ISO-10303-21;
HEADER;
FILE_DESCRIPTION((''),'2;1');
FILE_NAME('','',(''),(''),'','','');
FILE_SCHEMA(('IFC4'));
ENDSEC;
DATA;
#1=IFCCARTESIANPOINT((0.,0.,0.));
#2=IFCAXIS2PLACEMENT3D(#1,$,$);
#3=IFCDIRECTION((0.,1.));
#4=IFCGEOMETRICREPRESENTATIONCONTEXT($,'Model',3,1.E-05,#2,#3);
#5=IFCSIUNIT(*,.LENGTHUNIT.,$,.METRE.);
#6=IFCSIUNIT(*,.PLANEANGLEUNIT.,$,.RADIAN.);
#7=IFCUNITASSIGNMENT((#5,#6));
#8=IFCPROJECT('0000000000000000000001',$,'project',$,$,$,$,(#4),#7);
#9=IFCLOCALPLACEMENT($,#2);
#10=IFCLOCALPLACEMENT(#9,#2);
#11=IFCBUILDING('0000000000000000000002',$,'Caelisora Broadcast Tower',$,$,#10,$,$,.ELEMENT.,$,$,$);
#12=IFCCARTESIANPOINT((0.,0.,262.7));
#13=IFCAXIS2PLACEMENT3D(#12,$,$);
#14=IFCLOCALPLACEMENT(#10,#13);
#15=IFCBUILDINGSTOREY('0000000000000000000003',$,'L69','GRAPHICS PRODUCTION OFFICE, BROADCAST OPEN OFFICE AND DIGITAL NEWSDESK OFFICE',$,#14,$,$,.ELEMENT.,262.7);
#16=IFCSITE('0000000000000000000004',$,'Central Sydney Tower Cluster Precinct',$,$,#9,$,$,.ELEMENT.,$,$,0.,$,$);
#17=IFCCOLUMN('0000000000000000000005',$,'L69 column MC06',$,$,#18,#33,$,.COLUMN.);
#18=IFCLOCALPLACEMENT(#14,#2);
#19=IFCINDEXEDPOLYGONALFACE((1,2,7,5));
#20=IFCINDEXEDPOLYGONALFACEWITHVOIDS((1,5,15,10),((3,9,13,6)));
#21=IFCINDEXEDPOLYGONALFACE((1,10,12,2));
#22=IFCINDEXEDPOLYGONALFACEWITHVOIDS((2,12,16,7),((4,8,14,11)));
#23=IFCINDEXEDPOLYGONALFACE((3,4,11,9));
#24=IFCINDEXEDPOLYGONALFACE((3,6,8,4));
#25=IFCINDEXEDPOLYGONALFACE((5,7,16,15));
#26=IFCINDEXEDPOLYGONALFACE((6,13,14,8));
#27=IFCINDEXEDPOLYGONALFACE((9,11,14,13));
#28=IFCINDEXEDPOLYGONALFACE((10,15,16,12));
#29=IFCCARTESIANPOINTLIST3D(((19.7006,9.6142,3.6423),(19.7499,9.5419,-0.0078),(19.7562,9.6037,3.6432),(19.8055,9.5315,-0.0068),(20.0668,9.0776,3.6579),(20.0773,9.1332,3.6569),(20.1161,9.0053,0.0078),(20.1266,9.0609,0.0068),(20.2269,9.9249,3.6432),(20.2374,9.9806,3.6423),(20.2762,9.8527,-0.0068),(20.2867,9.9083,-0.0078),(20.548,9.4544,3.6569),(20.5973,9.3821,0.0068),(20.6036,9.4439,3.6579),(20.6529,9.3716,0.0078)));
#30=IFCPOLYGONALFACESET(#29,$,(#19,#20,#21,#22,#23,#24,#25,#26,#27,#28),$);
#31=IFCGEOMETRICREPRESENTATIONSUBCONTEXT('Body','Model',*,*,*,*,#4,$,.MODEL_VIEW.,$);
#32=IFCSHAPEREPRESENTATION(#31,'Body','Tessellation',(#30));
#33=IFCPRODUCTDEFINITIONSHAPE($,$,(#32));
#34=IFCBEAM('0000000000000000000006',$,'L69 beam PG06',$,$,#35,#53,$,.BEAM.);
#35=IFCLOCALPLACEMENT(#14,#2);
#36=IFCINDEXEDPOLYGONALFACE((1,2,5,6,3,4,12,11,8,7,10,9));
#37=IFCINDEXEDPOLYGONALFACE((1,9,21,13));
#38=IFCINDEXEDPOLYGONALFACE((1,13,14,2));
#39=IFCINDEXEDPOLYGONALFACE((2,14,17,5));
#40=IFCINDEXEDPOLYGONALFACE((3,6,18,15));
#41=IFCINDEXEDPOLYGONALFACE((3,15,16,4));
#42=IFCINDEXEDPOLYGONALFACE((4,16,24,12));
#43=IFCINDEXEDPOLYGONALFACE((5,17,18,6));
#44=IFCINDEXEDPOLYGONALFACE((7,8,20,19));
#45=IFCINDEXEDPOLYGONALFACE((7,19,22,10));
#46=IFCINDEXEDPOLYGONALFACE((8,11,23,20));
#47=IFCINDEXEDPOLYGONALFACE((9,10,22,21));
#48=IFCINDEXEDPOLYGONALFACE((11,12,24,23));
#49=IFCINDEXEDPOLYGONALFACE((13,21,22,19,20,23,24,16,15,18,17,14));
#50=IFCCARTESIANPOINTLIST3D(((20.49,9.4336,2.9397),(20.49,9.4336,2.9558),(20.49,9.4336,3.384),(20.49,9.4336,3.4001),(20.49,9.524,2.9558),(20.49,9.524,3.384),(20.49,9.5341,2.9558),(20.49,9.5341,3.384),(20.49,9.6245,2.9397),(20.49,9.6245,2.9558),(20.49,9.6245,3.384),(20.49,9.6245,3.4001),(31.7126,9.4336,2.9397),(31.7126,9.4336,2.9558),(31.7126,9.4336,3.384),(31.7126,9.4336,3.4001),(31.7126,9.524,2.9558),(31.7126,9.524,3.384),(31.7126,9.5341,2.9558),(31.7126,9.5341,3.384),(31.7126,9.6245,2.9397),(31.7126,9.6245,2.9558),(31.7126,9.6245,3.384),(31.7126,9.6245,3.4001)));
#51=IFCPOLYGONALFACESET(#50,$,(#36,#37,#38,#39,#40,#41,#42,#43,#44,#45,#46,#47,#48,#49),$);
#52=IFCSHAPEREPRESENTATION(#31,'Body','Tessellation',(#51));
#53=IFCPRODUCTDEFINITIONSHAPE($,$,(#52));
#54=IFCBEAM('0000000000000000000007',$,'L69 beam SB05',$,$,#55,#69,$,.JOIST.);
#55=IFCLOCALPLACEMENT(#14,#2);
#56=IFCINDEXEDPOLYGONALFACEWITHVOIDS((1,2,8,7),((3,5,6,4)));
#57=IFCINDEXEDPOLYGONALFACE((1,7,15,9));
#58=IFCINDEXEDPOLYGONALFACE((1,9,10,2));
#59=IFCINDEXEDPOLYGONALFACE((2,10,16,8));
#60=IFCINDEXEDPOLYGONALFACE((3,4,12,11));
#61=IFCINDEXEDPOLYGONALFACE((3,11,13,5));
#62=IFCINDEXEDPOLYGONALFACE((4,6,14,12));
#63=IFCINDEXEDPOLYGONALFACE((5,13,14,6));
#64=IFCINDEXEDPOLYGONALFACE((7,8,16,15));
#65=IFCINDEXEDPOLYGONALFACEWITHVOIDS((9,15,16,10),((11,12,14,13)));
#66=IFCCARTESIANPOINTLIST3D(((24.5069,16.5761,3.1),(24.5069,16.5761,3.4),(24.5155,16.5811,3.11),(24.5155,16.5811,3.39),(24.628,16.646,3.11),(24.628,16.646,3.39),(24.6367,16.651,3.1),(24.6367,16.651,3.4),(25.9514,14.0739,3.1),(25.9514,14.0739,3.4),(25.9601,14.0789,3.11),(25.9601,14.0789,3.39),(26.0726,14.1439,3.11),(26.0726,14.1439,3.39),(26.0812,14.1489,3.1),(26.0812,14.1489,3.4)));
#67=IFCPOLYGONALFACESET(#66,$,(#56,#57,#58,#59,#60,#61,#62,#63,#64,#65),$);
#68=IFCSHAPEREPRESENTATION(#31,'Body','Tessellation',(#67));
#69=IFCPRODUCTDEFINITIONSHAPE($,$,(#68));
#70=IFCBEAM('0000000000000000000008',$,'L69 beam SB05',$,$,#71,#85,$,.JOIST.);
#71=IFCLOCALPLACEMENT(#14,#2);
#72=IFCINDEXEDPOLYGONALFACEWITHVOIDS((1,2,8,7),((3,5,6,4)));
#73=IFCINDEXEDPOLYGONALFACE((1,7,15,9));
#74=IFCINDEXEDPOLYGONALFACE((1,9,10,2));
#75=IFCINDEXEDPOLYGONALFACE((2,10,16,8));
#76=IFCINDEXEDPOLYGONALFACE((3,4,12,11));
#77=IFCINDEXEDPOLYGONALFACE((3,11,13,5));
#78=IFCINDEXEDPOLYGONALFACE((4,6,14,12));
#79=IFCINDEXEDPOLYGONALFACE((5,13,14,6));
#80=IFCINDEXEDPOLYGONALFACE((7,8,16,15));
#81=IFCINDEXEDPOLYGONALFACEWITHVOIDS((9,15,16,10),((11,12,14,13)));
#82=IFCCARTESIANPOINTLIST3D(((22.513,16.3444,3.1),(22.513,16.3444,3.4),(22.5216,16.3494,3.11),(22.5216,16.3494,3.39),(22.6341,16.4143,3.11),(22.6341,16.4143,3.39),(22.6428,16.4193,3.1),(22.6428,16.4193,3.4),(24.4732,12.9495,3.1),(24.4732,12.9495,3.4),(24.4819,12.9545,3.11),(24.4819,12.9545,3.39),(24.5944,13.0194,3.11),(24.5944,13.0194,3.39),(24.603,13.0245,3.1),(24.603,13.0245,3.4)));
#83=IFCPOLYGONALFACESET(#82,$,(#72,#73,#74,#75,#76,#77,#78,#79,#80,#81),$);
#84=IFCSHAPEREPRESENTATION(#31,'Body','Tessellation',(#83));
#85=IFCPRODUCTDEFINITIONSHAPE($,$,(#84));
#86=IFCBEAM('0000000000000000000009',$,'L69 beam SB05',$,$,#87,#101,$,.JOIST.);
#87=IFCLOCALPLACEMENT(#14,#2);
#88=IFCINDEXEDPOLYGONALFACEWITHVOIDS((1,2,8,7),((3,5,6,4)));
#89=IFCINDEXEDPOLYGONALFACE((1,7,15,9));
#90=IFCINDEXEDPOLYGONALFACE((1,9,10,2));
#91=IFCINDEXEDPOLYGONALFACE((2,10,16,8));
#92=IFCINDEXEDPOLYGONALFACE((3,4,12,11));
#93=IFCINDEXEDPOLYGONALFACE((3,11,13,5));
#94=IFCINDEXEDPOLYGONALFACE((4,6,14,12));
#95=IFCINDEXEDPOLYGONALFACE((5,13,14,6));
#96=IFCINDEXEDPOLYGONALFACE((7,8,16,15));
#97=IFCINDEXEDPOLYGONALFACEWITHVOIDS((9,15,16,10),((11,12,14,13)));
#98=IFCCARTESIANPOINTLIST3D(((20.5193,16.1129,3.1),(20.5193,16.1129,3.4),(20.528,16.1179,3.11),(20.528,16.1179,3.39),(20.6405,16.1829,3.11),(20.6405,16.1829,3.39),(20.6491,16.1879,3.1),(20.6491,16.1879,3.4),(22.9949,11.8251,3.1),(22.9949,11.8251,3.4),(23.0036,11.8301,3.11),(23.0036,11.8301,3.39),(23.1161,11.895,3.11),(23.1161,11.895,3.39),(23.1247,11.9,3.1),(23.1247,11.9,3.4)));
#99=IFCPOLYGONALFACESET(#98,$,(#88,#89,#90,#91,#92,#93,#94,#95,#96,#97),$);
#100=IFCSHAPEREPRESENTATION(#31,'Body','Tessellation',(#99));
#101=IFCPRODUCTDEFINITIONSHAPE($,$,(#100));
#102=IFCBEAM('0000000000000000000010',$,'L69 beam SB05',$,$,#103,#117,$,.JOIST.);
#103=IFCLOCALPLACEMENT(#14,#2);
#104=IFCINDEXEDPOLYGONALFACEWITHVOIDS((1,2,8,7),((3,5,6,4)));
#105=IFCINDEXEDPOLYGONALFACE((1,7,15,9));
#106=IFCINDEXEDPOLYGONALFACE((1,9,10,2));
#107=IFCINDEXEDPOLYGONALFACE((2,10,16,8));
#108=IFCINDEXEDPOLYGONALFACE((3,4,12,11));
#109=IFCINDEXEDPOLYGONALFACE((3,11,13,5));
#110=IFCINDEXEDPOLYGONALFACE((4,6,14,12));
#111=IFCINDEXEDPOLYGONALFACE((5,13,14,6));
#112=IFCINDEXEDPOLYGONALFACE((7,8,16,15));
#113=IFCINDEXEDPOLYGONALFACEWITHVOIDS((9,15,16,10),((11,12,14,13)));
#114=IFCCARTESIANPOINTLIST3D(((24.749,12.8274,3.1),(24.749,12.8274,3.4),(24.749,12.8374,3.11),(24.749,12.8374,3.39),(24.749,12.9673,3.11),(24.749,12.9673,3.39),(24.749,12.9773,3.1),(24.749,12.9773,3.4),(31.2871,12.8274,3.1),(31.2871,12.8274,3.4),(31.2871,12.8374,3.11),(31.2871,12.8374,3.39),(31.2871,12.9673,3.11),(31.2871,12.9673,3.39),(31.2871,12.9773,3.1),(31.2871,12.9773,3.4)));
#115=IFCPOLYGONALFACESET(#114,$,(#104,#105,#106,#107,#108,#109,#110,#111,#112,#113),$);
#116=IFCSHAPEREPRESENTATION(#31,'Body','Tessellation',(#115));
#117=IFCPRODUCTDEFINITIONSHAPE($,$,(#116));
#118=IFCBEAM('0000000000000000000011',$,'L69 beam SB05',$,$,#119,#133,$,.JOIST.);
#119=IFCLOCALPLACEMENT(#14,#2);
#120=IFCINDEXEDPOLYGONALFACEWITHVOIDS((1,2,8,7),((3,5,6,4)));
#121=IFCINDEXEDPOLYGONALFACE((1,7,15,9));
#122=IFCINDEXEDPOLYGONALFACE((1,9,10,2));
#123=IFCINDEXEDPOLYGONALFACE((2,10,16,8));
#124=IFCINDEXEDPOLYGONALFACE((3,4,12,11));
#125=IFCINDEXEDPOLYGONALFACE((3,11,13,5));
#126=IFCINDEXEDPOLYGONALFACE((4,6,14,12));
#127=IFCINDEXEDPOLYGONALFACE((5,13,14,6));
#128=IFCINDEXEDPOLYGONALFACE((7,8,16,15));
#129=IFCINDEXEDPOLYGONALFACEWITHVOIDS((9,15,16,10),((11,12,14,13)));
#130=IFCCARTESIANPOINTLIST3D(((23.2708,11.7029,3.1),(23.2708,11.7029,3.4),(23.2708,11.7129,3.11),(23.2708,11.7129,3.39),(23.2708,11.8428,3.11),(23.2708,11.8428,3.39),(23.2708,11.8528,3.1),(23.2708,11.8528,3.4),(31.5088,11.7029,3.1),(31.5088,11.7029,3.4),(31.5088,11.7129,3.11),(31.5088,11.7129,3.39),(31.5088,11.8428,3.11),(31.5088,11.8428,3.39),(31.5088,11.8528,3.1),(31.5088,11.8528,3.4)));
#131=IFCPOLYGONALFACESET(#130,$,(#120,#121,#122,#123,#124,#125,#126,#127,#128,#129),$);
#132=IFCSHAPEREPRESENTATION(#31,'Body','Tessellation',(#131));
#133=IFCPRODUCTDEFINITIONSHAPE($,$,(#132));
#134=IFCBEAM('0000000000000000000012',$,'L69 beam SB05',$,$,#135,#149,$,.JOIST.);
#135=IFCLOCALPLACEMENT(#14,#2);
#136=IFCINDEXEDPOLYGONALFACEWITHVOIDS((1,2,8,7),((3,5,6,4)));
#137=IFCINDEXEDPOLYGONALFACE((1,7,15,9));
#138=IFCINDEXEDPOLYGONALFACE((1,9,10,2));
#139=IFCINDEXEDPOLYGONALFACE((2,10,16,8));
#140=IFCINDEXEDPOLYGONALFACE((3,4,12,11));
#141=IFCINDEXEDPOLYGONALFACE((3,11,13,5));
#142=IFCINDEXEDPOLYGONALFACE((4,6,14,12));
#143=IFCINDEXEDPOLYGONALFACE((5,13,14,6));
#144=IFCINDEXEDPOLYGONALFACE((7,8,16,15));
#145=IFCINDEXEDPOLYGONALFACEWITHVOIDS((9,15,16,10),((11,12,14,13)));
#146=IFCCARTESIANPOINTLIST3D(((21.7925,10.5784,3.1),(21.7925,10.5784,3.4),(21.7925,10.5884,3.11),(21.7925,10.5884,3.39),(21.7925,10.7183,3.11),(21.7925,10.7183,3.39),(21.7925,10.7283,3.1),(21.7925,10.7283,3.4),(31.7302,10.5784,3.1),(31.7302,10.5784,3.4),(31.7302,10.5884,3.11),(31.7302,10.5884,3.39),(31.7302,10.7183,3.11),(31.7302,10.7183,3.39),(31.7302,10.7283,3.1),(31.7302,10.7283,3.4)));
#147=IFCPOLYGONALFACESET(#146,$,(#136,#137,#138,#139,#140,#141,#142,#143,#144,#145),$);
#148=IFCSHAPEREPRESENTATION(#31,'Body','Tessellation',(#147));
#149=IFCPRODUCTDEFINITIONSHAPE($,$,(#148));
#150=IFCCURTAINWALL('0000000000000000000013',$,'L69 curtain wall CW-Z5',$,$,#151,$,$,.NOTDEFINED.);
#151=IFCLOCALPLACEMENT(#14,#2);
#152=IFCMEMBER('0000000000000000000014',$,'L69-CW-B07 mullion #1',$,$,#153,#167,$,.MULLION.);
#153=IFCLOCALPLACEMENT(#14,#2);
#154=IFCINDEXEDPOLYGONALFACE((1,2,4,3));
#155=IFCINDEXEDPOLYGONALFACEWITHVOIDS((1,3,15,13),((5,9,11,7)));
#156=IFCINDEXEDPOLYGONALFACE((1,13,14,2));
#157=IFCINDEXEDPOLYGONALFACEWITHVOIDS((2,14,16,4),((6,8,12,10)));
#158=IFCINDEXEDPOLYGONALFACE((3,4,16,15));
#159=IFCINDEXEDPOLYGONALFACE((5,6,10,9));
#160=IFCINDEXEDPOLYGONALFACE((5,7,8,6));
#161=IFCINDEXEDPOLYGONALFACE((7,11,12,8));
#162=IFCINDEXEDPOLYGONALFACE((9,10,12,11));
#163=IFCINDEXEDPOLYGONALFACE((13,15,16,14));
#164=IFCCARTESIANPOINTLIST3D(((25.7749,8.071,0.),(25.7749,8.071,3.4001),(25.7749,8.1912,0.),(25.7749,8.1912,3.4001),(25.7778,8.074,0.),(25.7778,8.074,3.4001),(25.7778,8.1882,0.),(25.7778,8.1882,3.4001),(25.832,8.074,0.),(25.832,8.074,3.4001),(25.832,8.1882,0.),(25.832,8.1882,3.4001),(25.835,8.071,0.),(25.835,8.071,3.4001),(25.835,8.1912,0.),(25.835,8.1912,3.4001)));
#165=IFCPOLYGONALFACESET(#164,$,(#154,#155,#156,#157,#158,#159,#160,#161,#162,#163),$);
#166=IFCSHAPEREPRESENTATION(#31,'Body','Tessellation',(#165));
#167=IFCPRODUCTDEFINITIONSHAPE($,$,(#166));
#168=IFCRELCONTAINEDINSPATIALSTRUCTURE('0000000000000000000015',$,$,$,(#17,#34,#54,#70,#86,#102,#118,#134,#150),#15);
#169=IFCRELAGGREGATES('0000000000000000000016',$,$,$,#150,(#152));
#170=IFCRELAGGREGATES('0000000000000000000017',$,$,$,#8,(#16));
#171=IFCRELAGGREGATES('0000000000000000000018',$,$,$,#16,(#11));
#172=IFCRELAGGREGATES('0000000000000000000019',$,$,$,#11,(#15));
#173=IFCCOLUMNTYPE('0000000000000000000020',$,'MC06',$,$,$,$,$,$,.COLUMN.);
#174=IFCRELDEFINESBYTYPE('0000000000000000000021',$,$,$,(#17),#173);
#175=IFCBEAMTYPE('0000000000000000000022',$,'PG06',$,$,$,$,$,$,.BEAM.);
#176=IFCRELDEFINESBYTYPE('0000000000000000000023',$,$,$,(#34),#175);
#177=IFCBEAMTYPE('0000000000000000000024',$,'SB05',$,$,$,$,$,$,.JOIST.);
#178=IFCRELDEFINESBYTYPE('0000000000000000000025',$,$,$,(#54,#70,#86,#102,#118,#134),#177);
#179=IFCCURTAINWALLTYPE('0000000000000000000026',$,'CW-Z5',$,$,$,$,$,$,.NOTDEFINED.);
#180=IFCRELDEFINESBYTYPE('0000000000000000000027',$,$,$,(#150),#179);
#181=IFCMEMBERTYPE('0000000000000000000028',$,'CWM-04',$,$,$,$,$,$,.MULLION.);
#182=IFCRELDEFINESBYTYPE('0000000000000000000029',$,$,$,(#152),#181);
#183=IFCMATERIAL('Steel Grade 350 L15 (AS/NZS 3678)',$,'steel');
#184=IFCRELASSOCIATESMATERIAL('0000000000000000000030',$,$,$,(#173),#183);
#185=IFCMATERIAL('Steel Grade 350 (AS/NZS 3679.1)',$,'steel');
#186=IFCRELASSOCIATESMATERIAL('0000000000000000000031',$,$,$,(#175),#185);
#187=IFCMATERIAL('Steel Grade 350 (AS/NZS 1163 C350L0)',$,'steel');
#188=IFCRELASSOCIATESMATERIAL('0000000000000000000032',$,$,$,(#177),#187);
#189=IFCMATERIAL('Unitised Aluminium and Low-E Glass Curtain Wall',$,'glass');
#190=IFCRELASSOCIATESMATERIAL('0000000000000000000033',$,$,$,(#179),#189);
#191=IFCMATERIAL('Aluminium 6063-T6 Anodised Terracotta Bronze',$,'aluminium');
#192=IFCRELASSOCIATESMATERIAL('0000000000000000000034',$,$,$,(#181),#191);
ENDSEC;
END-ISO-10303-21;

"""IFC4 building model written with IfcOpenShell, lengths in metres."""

from ifc_helpers import new_model, si_unit, direction, frame, origin, origin_2d, place, context, subcontext, project, spatial, hollow_rectangle, i_section, extrude, source, transform, mapped, material, material_profile, profile_set, type_object, type_shapes, element, aggregate, save


model = new_model("IFC4")

# Units and contexts
model_context = context("Model", 3, precision=1e-05, world=origin(), true_north=direction((0.0, 1.0)))
body_context = subcontext(model_context, "Body", "Model", "MODEL_VIEW")
ifc_project = project(units=[si_unit("LENGTHUNIT", "METRE"), si_unit("PLANEANGLEUNIT", "RADIAN")], contexts=[model_context])

# Site, building, storey
site_placement = place(None, origin())
site = spatial("IfcSite", under=ifc_project, at=site_placement, Name="Central Sydney Tower Cluster Precinct", CompositionType="ELEMENT", RefElevation=0.0)
building_placement = place(site_placement, origin())
building = spatial("IfcBuilding", under=site, at=building_placement, Name="Caelisora Broadcast Tower", CompositionType="ELEMENT")
storey_placement = place(building_placement, frame((0.0, 0.0, 262.7)))
storey = spatial("IfcBuildingStorey", under=building, at=storey_placement, Name="L69", Description="GRAPHICS PRODUCTION OFFICE, BROADCAST OPEN OFFICE AND DIGITAL NEWSDESK OFFICE", CompositionType="ELEMENT", Elevation=262.7)

# Column
ifc_material_1 = material(Name="Steel Grade 350 L15 (AS/NZS 3678)", Category="steel")
ifc_material_profile_1 = material_profile(ifc_material_1, hollow_rectangle(XDim=0.6499, YDim=0.6499, WallThickness=0.04, at=origin_2d()), Name="Steel Grade 350 L15 (AS/NZS 3678)")
ifc_profile_set_1 = profile_set([ifc_material_profile_1], Name="Steel Grade 350 L15 (AS/NZS 3678)")
column_type = type_object("IfcColumnType", Name="MC06", PredefinedType="COLUMN", material=ifc_profile_set_1)
shared_shape_1 = source(origin(), body_context, "Body", "SweptSolid", [
    extrude(hollow_rectangle(XDim=0.6499, YDim=0.6499, WallThickness=0.04, at=origin_2d()), origin(), (0.0, 0.0, 1.0), 3.6511),
])
type_shapes(column_type, [shared_shape_1])
column_placement = place(storey_placement, frame((20.2014, 9.4568, 0.0), z_axis=(-0.013507, 0.019792, 0.999713), x_axis=(-0.825991, -0.563683, 0.0)))
element("IfcColumn", 1, at=column_placement, inside=storey, type_object=column_type, Name="L69 column MC06", PredefinedType="COLUMN", context=body_context, shape_type="MappedRepresentation", body=[
    mapped(shared_shape_1, transform((0.0, 0.0, 0.0), scale=1.0)),
])

# Beams
ifc_material_2 = material(Name="Steel Grade 350 (AS/NZS 3679.1)", Category="steel")
ifc_material_profile_2 = material_profile(ifc_material_2, i_section(OverallWidth=0.1909, OverallDepth=0.4604, WebThickness=0.01, FlangeThickness=0.0161, at=origin_2d()), Name="Steel Grade 350 (AS/NZS 3679.1)")
ifc_profile_set_2 = profile_set([ifc_material_profile_2], Name="Steel Grade 350 (AS/NZS 3679.1)")
beam_type_1 = type_object("IfcBeamType", Name="PG06", PredefinedType="BEAM", material=ifc_profile_set_2)
shared_shape_2 = source(origin(), body_context, "Body", "SweptSolid", [
    extrude(i_section(OverallWidth=0.1909, OverallDepth=0.4604, WebThickness=0.01, FlangeThickness=0.0161, at=origin_2d()), origin(), (0.0, 0.0, 1.0), 11.2227),
])
type_shapes(beam_type_1, [shared_shape_2])
beam_1_placement = place(storey_placement, frame((20.49, 9.5291, 3.1699), z_axis=(1.0, 0.0, 0.0), x_axis=(0.0, 1.0, 0.0)))
element("IfcBeam", 2, at=beam_1_placement, inside=storey, type_object=beam_type_1, Name="L69 beam PG06", PredefinedType="BEAM", context=body_context, shape_type="MappedRepresentation", body=[
    mapped(shared_shape_2, transform((0.0, 0.0, 0.0), scale=1.0)),
])
ifc_material_3 = material(Name="Steel Grade 350 (AS/NZS 1163 C350L0)", Category="steel")
ifc_material_profile_3 = material_profile(ifc_material_3, hollow_rectangle(XDim=0.1499, YDim=0.3, WallThickness=0.01, at=origin_2d()), Name="Steel Grade 350 (AS/NZS 1163 C350L0)")
ifc_profile_set_3 = profile_set([ifc_material_profile_3], Name="Steel Grade 350 (AS/NZS 1163 C350L0)")
beam_type_2 = type_object("IfcBeamType", Name="SB05", PredefinedType="JOIST", material=ifc_profile_set_3)
shared_shape_3 = source(origin(), body_context, "Body", "SweptSolid", [
    extrude(hollow_rectangle(XDim=0.1499, YDim=0.3, WallThickness=0.01, at=origin_2d()), origin(), (0.0, 0.0, 1.0), 2.8892),
])
beam_2_placement = place(storey_placement, frame((24.5718, 16.6135, 3.25), z_axis=(0.499983, -0.866035, 0.0), x_axis=(0.866035, 0.499983, 0.0)))
element("IfcBeam", 3, at=beam_2_placement, inside=storey, type_object=beam_type_2, Name="L69 beam SB05", PredefinedType="JOIST", context=body_context, shape_type="MappedRepresentation", body=[
    mapped(shared_shape_3, transform((0.0, 0.0, 0.0), scale=1.0)),
])
shared_shape_4 = source(origin(), body_context, "Body", "SweptSolid", [
    extrude(hollow_rectangle(XDim=0.1499, YDim=0.3, WallThickness=0.01, at=origin_2d()), origin(), (0.0, 0.0, 1.0), 3.9202),
])
beam_3_placement = place(storey_placement, frame((22.5779, 16.3818, 3.25), z_axis=(0.500044, -0.866, 0.0), x_axis=(0.866, 0.500044, 0.0)))
element("IfcBeam", 4, at=beam_3_placement, inside=storey, type_object=beam_type_2, Name="L69 beam SB05", PredefinedType="JOIST", context=body_context, shape_type="MappedRepresentation", body=[
    mapped(shared_shape_4, transform((0.0, 0.0, 0.0), scale=1.0)),
])
shared_shape_5 = source(origin(), body_context, "Body", "SweptSolid", [
    extrude(hollow_rectangle(XDim=0.1499, YDim=0.3, WallThickness=0.01, at=origin_2d()), origin(), (0.0, 0.0, 1.0), 4.9512),
])
beam_4_placement = place(storey_placement, frame((20.5842, 16.1504, 3.25), z_axis=(0.5, -0.866025, 0.0), x_axis=(0.866025, 0.5, 0.0)))
element("IfcBeam", 5, at=beam_4_placement, inside=storey, type_object=beam_type_2, Name="L69 beam SB05", PredefinedType="JOIST", context=body_context, shape_type="MappedRepresentation", body=[
    mapped(shared_shape_5, transform((0.0, 0.0, 0.0), scale=1.0)),
])
shared_shape_6 = source(origin(), body_context, "Body", "SweptSolid", [
    extrude(hollow_rectangle(XDim=0.1499, YDim=0.3, WallThickness=0.01, at=origin_2d()), origin(), (0.0, 0.0, 1.0), 6.5381),
])
beam_5_placement = place(storey_placement, frame((24.749, 12.9023, 3.25), z_axis=(1.0, 0.0, 0.0), x_axis=(0.0, 1.0, 0.0)))
element("IfcBeam", 6, at=beam_5_placement, inside=storey, type_object=beam_type_2, Name="L69 beam SB05", PredefinedType="JOIST", context=body_context, shape_type="MappedRepresentation", body=[
    mapped(shared_shape_6, transform((0.0, 0.0, 0.0), scale=1.0)),
])
shared_shape_7 = source(origin(), body_context, "Body", "SweptSolid", [
    extrude(hollow_rectangle(XDim=0.1499, YDim=0.3, WallThickness=0.01, at=origin_2d()), origin(), (0.0, 0.0, 1.0), 8.238),
])
beam_6_placement = place(storey_placement, frame((23.2708, 11.7778, 3.25), z_axis=(1.0, 0.0, 0.0), x_axis=(0.0, 1.0, 0.0)))
element("IfcBeam", 7, at=beam_6_placement, inside=storey, type_object=beam_type_2, Name="L69 beam SB05", PredefinedType="JOIST", context=body_context, shape_type="MappedRepresentation", body=[
    mapped(shared_shape_7, transform((0.0, 0.0, 0.0), scale=1.0)),
])
shared_shape_8 = source(origin(), body_context, "Body", "SweptSolid", [
    extrude(hollow_rectangle(XDim=0.1499, YDim=0.3, WallThickness=0.01, at=origin_2d()), origin(), (0.0, 0.0, 1.0), 9.9377),
])
type_shapes(beam_type_2, [shared_shape_3, shared_shape_4, shared_shape_5, shared_shape_6, shared_shape_7, shared_shape_8])
beam_7_placement = place(storey_placement, frame((21.7925, 10.6533, 3.25), z_axis=(1.0, 0.0, 0.0), x_axis=(0.0, 1.0, 0.0)))
element("IfcBeam", 8, at=beam_7_placement, inside=storey, type_object=beam_type_2, Name="L69 beam SB05", PredefinedType="JOIST", context=body_context, shape_type="MappedRepresentation", body=[
    mapped(shared_shape_8, transform((0.0, 0.0, 0.0), scale=1.0)),
])

# Curtain wall, member
ifc_material_4 = material(Name="Unitised Aluminium and Low-E Glass Curtain Wall", Category="glass")
curtain_wall_type = type_object("IfcCurtainWallType", Name="CW-Z5", PredefinedType="NOTDEFINED", material=ifc_material_4)
curtain_wall_placement = place(storey_placement, origin())
curtain_wall = element("IfcCurtainWall", 9, at=curtain_wall_placement, inside=storey, type_object=curtain_wall_type, Name="L69 curtain wall CW-Z5", PredefinedType="NOTDEFINED")
ifc_material_5 = material(Name="Aluminium 6063-T6 Anodised Terracotta Bronze", Category="aluminium")
ifc_material_profile_4 = material_profile(ifc_material_5, hollow_rectangle(XDim=0.0601, YDim=0.1201, WallThickness=0.0029, at=origin_2d()), Name="Aluminium 6063-T6 Anodised Terracotta Bronze")
ifc_profile_set_4 = profile_set([ifc_material_profile_4], Name="Aluminium 6063-T6 Anodised Terracotta Bronze")
member_type = type_object("IfcMemberType", Name="CWM-04", PredefinedType="MULLION", material=ifc_profile_set_4)
shared_shape_9 = source(origin(), body_context, "Body", "SweptSolid", [
    extrude(hollow_rectangle(XDim=0.0601, YDim=0.1201, WallThickness=0.0029, at=origin_2d()), origin(), (0.0, 0.0, 1.0), 3.4001),
])
type_shapes(member_type, [shared_shape_9])
member_placement = place(storey_placement, frame((25.8049, 8.1311, 0.0), z_axis=(0.0, 0.0, 1.0), x_axis=(1.0, 0.0, 0.0)))
member = element("IfcMember", 10, at=member_placement, type_object=member_type, Name="L69-CW-B07 mullion #1", PredefinedType="MULLION", context=body_context, shape_type="MappedRepresentation", body=[
    mapped(shared_shape_9, transform((0.0, 0.0, 0.0), scale=1.0)),
])

aggregate(curtain_wall, [member])

save(model, "model.ifc")
